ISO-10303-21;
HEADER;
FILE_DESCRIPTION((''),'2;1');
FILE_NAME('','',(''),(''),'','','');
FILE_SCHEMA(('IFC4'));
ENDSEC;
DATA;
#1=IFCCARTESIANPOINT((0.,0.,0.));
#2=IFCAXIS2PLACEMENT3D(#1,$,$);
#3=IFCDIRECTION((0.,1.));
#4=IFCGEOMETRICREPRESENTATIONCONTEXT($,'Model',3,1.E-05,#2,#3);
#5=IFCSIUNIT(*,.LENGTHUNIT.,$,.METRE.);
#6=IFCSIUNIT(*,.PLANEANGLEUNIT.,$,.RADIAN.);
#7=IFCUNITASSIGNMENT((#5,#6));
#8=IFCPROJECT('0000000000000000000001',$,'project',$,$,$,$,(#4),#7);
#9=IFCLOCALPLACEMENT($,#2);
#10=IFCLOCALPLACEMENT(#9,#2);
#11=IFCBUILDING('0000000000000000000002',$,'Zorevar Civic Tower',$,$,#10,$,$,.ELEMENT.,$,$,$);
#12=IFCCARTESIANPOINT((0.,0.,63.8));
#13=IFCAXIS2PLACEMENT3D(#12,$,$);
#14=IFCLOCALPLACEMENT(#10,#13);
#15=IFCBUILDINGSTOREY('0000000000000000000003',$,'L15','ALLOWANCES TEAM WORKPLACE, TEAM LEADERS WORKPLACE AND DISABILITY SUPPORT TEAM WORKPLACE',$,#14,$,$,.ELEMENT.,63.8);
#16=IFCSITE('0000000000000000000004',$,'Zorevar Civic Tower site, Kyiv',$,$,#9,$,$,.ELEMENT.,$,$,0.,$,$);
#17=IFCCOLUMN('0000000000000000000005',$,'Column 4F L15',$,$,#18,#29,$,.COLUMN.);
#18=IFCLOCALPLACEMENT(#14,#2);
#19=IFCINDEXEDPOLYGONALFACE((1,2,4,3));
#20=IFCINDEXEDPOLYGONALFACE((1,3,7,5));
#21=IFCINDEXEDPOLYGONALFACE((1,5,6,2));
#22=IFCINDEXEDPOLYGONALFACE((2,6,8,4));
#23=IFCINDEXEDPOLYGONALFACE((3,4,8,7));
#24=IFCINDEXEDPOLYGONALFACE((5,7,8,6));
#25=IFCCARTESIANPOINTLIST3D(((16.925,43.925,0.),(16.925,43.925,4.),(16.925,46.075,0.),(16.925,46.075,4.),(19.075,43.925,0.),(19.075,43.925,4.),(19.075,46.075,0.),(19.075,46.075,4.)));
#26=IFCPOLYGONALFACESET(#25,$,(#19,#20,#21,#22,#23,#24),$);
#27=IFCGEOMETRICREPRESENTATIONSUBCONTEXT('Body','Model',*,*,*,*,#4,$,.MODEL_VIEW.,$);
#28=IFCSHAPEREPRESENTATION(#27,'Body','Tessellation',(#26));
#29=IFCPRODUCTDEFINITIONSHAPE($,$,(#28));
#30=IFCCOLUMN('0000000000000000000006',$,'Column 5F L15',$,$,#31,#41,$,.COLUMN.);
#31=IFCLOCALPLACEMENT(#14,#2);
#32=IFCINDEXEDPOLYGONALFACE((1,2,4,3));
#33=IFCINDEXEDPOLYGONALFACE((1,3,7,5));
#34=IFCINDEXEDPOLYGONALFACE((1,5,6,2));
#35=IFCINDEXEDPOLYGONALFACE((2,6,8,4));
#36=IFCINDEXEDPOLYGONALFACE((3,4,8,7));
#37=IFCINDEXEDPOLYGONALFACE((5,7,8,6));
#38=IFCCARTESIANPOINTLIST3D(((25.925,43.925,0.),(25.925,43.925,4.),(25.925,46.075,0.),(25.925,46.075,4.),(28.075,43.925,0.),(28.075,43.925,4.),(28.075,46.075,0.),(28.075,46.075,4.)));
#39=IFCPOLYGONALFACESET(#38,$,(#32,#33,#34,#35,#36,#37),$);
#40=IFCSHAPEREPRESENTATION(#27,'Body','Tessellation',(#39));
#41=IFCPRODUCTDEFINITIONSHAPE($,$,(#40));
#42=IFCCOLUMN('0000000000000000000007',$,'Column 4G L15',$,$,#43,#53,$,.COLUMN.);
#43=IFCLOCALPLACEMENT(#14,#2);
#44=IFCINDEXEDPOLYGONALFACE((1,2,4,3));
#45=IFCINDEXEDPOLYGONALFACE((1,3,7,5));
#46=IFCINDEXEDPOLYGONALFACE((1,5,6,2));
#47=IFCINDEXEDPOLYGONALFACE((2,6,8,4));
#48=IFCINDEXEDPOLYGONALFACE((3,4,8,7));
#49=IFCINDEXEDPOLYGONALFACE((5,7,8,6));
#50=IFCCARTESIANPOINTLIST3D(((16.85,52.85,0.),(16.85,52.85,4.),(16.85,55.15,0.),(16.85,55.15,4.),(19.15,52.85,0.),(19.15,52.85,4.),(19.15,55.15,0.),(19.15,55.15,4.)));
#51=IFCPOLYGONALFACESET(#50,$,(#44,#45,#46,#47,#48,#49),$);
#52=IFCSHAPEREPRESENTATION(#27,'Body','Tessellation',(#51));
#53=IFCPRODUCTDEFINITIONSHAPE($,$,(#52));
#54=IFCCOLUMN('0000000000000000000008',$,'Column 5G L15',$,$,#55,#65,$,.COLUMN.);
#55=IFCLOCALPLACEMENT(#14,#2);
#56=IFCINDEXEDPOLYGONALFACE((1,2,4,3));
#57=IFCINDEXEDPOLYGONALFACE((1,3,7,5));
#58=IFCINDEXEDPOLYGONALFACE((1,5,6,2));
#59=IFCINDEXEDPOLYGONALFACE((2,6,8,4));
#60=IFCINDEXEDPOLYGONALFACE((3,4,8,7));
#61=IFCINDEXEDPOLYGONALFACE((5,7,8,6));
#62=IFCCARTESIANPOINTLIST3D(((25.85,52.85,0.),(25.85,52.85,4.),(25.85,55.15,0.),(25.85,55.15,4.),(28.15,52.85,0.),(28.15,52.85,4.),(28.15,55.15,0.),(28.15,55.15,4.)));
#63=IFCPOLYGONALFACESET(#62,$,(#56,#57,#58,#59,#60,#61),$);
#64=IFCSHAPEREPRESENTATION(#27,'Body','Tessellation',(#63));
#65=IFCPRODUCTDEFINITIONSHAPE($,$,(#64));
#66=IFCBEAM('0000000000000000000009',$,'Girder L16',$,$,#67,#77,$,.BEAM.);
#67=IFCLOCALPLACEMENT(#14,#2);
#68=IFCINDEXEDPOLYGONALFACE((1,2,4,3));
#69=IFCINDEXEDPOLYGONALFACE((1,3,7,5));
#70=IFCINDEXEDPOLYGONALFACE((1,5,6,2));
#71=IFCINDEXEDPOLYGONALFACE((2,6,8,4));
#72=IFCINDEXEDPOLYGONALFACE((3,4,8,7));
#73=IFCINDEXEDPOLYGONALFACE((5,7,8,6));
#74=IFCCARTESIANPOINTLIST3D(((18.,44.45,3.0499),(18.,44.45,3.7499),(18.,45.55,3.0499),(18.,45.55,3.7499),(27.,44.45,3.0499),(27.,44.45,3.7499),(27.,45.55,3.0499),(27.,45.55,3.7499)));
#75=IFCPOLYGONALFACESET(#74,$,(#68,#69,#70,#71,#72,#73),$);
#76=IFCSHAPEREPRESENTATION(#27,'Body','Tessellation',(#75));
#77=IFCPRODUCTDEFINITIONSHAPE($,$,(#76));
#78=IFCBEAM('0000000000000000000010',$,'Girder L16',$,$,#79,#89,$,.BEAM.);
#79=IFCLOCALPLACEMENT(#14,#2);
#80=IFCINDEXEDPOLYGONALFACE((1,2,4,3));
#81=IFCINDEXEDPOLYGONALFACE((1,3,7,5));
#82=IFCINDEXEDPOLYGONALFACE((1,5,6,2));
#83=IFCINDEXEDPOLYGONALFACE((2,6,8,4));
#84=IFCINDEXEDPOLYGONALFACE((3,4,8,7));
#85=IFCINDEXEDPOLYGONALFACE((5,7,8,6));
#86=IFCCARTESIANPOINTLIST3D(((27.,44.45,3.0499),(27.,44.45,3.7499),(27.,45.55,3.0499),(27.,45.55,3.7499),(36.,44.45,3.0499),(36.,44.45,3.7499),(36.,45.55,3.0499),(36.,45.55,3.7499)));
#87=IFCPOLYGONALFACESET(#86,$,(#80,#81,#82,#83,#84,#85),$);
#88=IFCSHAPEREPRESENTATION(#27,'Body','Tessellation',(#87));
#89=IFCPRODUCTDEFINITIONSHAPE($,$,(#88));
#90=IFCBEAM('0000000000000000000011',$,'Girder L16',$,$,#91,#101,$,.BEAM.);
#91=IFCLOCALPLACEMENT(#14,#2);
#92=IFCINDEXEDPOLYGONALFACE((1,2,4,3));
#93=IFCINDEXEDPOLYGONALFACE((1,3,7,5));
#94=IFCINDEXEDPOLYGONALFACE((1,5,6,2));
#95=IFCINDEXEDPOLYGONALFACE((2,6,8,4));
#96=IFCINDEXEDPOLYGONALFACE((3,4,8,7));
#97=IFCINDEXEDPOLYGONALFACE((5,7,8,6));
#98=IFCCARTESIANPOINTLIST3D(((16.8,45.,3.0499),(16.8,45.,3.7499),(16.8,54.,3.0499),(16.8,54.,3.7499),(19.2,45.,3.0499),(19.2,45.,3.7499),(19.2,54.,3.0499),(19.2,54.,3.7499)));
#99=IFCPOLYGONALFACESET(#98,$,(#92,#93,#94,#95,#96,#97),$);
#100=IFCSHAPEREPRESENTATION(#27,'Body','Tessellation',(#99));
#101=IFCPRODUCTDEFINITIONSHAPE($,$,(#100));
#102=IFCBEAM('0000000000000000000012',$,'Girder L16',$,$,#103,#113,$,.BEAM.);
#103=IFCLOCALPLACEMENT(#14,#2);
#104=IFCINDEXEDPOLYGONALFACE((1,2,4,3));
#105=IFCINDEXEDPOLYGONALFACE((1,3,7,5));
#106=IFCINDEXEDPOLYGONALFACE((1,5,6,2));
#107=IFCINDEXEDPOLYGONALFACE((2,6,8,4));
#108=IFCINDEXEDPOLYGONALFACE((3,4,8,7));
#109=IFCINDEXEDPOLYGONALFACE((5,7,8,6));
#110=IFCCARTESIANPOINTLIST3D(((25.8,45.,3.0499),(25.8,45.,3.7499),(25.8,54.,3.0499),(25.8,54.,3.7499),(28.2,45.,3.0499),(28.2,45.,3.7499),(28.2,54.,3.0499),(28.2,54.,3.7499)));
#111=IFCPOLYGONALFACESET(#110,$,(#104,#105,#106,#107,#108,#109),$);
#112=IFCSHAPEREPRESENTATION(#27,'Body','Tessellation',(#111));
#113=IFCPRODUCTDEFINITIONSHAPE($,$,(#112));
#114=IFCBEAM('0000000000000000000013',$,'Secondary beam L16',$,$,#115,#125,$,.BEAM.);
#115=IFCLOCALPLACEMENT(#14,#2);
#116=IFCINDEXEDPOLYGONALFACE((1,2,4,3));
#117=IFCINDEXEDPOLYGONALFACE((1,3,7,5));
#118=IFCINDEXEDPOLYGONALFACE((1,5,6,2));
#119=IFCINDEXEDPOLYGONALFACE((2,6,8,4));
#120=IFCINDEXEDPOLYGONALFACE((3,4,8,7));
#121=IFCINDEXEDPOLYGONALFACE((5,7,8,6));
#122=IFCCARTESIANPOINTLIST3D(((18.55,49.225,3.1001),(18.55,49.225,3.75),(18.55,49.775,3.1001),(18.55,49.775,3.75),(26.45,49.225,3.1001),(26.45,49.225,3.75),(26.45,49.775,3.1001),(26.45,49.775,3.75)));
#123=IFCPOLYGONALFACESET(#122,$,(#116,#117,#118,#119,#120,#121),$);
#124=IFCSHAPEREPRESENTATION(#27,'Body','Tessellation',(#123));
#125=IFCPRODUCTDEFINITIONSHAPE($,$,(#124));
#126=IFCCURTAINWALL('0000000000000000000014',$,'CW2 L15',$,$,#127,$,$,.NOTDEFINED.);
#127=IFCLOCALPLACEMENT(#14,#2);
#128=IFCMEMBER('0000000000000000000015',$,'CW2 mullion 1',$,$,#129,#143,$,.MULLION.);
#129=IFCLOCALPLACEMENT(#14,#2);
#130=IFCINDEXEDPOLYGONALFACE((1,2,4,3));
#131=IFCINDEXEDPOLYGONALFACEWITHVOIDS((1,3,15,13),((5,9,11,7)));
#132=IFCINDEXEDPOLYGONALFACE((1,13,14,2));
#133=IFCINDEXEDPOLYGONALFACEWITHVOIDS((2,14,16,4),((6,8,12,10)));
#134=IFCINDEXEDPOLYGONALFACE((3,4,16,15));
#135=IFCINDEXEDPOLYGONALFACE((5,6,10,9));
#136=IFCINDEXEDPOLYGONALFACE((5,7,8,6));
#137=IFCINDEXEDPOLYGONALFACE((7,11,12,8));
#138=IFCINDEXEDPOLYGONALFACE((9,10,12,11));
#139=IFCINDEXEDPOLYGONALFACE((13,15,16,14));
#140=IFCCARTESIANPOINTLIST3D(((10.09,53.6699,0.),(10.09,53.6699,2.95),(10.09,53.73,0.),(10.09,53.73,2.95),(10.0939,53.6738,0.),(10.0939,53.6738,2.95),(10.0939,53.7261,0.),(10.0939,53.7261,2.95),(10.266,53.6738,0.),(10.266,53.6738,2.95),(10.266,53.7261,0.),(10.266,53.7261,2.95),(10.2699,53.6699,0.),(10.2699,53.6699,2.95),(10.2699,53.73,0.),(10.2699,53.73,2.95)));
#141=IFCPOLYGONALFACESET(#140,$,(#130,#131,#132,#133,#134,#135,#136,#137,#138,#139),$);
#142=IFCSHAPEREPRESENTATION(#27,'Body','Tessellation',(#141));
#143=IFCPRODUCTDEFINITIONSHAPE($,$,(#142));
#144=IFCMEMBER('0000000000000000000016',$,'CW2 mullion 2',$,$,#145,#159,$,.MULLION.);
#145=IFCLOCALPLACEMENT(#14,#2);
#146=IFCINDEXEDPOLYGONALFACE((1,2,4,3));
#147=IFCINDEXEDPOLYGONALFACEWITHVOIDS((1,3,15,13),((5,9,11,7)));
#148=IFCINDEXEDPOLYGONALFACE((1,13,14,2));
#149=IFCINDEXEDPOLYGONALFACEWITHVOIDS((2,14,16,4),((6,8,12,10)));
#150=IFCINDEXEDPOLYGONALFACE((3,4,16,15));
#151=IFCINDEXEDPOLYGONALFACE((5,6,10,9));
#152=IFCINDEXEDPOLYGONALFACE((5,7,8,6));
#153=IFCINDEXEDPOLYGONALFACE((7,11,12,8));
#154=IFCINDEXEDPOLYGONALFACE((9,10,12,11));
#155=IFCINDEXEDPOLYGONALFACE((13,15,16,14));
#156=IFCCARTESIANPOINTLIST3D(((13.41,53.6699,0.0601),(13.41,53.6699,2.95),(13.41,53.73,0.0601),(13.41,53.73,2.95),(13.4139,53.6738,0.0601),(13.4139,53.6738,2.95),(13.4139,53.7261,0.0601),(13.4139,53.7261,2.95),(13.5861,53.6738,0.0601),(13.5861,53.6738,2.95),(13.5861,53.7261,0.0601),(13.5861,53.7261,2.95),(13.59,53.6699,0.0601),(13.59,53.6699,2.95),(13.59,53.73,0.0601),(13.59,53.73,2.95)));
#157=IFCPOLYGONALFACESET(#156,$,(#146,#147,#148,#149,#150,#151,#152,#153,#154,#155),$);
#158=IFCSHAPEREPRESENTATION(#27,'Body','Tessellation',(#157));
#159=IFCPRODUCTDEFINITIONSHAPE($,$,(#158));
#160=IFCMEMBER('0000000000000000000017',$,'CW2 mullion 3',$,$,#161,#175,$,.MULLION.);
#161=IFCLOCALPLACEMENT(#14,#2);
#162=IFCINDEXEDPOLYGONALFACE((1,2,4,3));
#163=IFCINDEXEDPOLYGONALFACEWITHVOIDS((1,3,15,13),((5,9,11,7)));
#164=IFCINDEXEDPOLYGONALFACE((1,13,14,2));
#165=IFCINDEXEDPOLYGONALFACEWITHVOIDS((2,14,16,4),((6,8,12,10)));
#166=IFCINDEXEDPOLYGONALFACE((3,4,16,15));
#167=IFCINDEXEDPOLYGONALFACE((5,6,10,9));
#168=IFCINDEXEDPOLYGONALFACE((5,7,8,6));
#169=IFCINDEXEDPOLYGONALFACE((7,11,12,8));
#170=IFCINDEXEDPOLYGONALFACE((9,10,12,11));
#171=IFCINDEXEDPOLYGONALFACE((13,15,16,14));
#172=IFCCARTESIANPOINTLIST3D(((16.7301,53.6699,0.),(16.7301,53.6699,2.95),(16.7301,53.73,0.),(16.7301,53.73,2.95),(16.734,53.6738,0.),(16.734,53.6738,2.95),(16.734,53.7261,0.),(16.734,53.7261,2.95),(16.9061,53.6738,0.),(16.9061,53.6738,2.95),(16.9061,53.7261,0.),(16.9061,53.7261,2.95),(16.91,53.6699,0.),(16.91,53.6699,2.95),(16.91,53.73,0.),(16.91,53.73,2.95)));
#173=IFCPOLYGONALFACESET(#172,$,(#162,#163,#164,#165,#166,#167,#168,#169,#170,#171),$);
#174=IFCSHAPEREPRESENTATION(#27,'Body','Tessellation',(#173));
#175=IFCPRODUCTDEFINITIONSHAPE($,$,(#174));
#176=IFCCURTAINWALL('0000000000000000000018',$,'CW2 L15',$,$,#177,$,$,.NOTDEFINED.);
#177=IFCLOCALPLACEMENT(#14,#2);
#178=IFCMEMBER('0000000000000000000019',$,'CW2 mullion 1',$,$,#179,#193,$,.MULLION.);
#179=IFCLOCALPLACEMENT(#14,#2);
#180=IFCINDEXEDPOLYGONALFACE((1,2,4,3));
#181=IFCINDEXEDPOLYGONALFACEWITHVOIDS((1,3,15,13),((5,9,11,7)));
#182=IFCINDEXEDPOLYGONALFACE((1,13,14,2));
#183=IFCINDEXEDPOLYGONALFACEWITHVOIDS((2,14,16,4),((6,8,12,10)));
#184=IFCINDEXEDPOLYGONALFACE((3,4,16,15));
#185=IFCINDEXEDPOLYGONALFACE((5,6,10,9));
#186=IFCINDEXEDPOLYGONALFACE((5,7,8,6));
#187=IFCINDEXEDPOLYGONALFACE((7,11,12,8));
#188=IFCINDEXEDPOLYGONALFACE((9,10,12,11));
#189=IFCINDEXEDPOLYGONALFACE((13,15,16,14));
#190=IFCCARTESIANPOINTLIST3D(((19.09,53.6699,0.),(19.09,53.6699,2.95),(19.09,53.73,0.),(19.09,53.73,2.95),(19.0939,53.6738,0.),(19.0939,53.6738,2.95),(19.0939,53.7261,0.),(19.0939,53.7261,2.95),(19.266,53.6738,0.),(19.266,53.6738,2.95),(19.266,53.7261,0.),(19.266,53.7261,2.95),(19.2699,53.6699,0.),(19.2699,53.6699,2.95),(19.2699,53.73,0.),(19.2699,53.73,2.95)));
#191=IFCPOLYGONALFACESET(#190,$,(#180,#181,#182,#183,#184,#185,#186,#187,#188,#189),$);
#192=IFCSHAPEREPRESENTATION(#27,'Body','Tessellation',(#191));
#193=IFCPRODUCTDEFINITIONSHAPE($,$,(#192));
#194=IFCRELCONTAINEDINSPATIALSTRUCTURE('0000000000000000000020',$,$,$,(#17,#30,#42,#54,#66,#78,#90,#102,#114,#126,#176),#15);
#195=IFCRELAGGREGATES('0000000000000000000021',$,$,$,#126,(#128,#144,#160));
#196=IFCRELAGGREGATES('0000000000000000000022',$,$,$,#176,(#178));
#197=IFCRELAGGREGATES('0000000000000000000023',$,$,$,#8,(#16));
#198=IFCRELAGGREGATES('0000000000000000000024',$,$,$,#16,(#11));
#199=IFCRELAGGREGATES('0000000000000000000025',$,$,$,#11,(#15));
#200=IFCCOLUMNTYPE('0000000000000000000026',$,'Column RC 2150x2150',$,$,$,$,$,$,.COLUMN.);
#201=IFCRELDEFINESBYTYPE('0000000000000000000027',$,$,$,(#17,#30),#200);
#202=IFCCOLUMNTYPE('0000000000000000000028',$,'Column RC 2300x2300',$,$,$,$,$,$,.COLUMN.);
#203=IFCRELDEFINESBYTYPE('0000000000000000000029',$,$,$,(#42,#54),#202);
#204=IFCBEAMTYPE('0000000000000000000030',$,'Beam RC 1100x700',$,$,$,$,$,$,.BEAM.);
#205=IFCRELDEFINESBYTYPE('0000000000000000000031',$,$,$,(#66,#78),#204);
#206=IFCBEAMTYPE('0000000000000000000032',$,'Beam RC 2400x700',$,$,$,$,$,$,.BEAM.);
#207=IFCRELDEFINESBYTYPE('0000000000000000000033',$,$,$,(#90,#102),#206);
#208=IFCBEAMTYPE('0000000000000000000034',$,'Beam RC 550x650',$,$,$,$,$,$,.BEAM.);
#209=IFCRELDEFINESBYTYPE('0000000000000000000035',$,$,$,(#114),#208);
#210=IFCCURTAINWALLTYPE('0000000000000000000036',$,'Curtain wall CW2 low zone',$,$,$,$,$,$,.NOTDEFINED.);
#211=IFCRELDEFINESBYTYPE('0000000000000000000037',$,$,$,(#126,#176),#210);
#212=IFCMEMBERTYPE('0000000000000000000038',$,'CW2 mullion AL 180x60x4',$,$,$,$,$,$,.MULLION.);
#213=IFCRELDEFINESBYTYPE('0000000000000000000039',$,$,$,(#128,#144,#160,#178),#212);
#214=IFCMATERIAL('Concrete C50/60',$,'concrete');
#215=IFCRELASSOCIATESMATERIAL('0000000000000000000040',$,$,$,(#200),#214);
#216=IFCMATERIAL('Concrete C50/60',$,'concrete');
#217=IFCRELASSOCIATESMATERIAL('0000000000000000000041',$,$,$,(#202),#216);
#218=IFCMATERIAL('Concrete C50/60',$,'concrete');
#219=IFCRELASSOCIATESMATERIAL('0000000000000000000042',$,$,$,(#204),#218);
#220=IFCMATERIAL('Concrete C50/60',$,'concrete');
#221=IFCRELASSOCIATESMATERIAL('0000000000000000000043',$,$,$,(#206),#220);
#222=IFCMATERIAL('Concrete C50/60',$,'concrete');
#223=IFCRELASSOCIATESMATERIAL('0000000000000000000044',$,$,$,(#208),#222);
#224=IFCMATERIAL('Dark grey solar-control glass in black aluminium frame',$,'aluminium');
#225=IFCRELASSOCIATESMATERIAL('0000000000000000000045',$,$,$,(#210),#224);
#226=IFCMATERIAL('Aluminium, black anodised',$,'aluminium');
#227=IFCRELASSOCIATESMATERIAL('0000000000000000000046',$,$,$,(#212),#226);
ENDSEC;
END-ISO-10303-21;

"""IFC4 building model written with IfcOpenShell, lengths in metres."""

from ifc_helpers import new_model, si_unit, direction, frame, origin, origin_2d, place, context, subcontext, project, spatial, rectangle, hollow_rectangle, extrude, material, material_profile, profile_set, type_object, element, aggregate, save


model = new_model("IFC4")

# Units and contexts
model_context = context("Model", 3, precision=1e-05, world=origin(), true_north=direction((0.0, 1.0)))
body_context = subcontext(model_context, "Body", "Model", "MODEL_VIEW")
ifc_project = project(units=[si_unit("LENGTHUNIT", "METRE"), si_unit("PLANEANGLEUNIT", "RADIAN")], contexts=[model_context])

# Site, building, storey
site_placement = place(None, origin())
site = spatial("IfcSite", under=ifc_project, at=site_placement, Name="Zorevar Civic Tower site, Kyiv", CompositionType="ELEMENT", RefElevation=0.0)
building_placement = place(site_placement, origin())
building = spatial("IfcBuilding", under=site, at=building_placement, Name="Zorevar Civic Tower", CompositionType="ELEMENT")
storey_placement = place(building_placement, frame((0.0, 0.0, 63.8)))
storey = spatial("IfcBuildingStorey", under=building, at=storey_placement, Name="L15", Description="ALLOWANCES TEAM WORKPLACE, TEAM LEADERS WORKPLACE AND DISABILITY SUPPORT TEAM WORKPLACE", CompositionType="ELEMENT", Elevation=63.8)

# Columns
ifc_material_1 = material(Name="Concrete C50/60", Category="concrete")
ifc_material_profile_1 = material_profile(ifc_material_1, rectangle(XDim=2.1499, YDim=2.1499, at=origin_2d()), Name="RC 2150x2150")
ifc_profile_set_1 = profile_set([ifc_material_profile_1], Name="Concrete C50/60")
column_type_1 = type_object("IfcColumnType", Name="Column RC 2150x2150", PredefinedType="COLUMN", material=ifc_profile_set_1)
for number, where, z_axis, x_axis, name in (
    (1, (18.0, 45.0, 0.0), (0.0, 0.0, 1.0), (1.0, 0.0, 0.0), "Column 4F L15"),
    (2, (27.0, 45.0, 0.0), (0.0, 0.0, 1.0), (1.0, 0.0, 0.0), "Column 5F L15"),
):
    element("IfcColumn", number, at=place(storey_placement, frame(where, z_axis=z_axis, x_axis=x_axis)), inside=storey, type_object=column_type_1, Name=name, PredefinedType="COLUMN", context=body_context, shape_type="SweptSolid", body=[
        extrude(rectangle(XDim=2.1499, YDim=2.1499, at=origin_2d()), origin(), (0.0, 0.0, 1.0), 4.0),
    ])
ifc_material_2 = material(Name="Concrete C50/60", Category="concrete")
ifc_material_profile_2 = material_profile(ifc_material_2, rectangle(XDim=2.3, YDim=2.3, at=origin_2d()), Name="RC 2300x2300")
ifc_profile_set_2 = profile_set([ifc_material_profile_2], Name="Concrete C50/60")
column_type_2 = type_object("IfcColumnType", Name="Column RC 2300x2300", PredefinedType="COLUMN", material=ifc_profile_set_2)
for number, where, z_axis, x_axis, name in (
    (3, (18.0, 54.0, 0.0), (0.0, 0.0, 1.0), (1.0, 0.0, 0.0), "Column 4G L15"),
    (4, (27.0, 54.0, 0.0), (0.0, 0.0, 1.0), (1.0, 0.0, 0.0), "Column 5G L15"),
):
    element("IfcColumn", number, at=place(storey_placement, frame(where, z_axis=z_axis, x_axis=x_axis)), inside=storey, type_object=column_type_2, Name=name, PredefinedType="COLUMN", context=body_context, shape_type="SweptSolid", body=[
        extrude(rectangle(XDim=2.3, YDim=2.3, at=origin_2d()), origin(), (0.0, 0.0, 1.0), 4.0),
    ])

# Beams
ifc_material_3 = material(Name="Concrete C50/60", Category="concrete")
ifc_material_profile_3 = material_profile(ifc_material_3, rectangle(XDim=1.1001, YDim=0.7, at=origin_2d()), Name="RC 1100x700")
ifc_profile_set_3 = profile_set([ifc_material_profile_3], Name="Concrete C50/60")
beam_type_1 = type_object("IfcBeamType", Name="Beam RC 1100x700", PredefinedType="BEAM", material=ifc_profile_set_3)
for number, where, z_axis, x_axis, name in (
    (5, (18.0, 45.0, 3.3999), (1.0, 0.0, 0.0), (0.0, 1.0, 0.0), "Girder L16"),
    (6, (27.0, 45.0, 3.3999), (1.0, 0.0, 0.0), (0.0, 1.0, 0.0), "Girder L16"),
):
    element("IfcBeam", number, at=place(storey_placement, frame(where, z_axis=z_axis, x_axis=x_axis)), inside=storey, type_object=beam_type_1, Name=name, PredefinedType="BEAM", context=body_context, shape_type="SweptSolid", body=[
        extrude(rectangle(XDim=1.1001, YDim=0.7, at=origin_2d()), origin(), (0.0, 0.0, 1.0), 9.0),
    ])
ifc_material_4 = material(Name="Concrete C50/60", Category="concrete")
ifc_material_profile_4 = material_profile(ifc_material_4, rectangle(XDim=2.3999, YDim=0.7, at=origin_2d()), Name="RC 2400x700")
ifc_profile_set_4 = profile_set([ifc_material_profile_4], Name="Concrete C50/60")
beam_type_2 = type_object("IfcBeamType", Name="Beam RC 2400x700", PredefinedType="BEAM", material=ifc_profile_set_4)
for number, where, z_axis, x_axis, name in (
    (7, (18.0, 45.0, 3.3999), (0.0, 1.0, 0.0), (-1.0, 0.0, 0.0), "Girder L16"),
    (8, (27.0, 45.0, 3.3999), (0.0, 1.0, 0.0), (-1.0, 0.0, 0.0), "Girder L16"),
):
    element("IfcBeam", number, at=place(storey_placement, frame(where, z_axis=z_axis, x_axis=x_axis)), inside=storey, type_object=beam_type_2, Name=name, PredefinedType="BEAM", context=body_context, shape_type="SweptSolid", body=[
        extrude(rectangle(XDim=2.3999, YDim=0.7, at=origin_2d()), origin(), (0.0, 0.0, 1.0), 9.0),
    ])
ifc_material_5 = material(Name="Concrete C50/60", Category="concrete")
ifc_material_profile_5 = material_profile(ifc_material_5, rectangle(XDim=0.55, YDim=0.6499, at=origin_2d()), Name="RC 550x650")
ifc_profile_set_5 = profile_set([ifc_material_profile_5], Name="Concrete C50/60")
beam_type_3 = type_object("IfcBeamType", Name="Beam RC 550x650", PredefinedType="BEAM", material=ifc_profile_set_5)
beam_1_placement = place(storey_placement, frame((18.55, 49.5, 3.425), z_axis=(1.0, 0.0, 0.0), x_axis=(0.0, 1.0, 0.0)))
element("IfcBeam", 9, at=beam_1_placement, inside=storey, type_object=beam_type_3, Name="Secondary beam L16", PredefinedType="BEAM", context=body_context, shape_type="SweptSolid", body=[
    extrude(rectangle(XDim=0.55, YDim=0.6499, at=origin_2d()), origin(), (0.0, 0.0, 1.0), 7.8999),
])

# Curtain walls, members
ifc_material_6 = material(Name="Dark grey solar-control glass in black aluminium frame", Category="aluminium")
curtain_wall_type = type_object("IfcCurtainWallType", Name="Curtain wall CW2 low zone", PredefinedType="NOTDEFINED", material=ifc_material_6)
curtain_wall_1_placement = place(storey_placement, origin())
curtain_wall_1 = element("IfcCurtainWall", 10, at=curtain_wall_1_placement, inside=storey, type_object=curtain_wall_type, Name="CW2 L15", PredefinedType="NOTDEFINED")
ifc_material_7 = material(Name="Aluminium, black anodised", Category="aluminium")
ifc_material_profile_6 = material_profile(ifc_material_7, hollow_rectangle(XDim=0.0601, YDim=0.1799, WallThickness=0.0039, at=origin_2d()), Name="AL 180x60x4")
ifc_profile_set_6 = profile_set([ifc_material_profile_6], Name="Aluminium, black anodised")
member_type_1 = type_object("IfcMemberType", Name="CW2 mullion AL 180x60x4", PredefinedType="MULLION", material=ifc_profile_set_6)
member_1_placement = place(storey_placement, frame((10.1799, 53.7, 0.0), z_axis=(0.0, 0.0, 1.0), x_axis=(0.0, 1.0, 0.0)))
member_1 = element("IfcMember", 11, at=member_1_placement, type_object=member_type_1, Name="CW2 mullion 1", PredefinedType="MULLION", context=body_context, shape_type="SweptSolid", body=[
    extrude(hollow_rectangle(XDim=0.0601, YDim=0.1799, WallThickness=0.0039, at=origin_2d()), origin(), (0.0, 0.0, 1.0), 2.95),
])
member_2_placement = place(storey_placement, frame((13.5, 53.7, 0.0601), z_axis=(0.0, 0.0, 1.0), x_axis=(0.0, 1.0, 0.0)))
member_2 = element("IfcMember", 12, at=member_2_placement, type_object=member_type_1, Name="CW2 mullion 2", PredefinedType="MULLION", context=body_context, shape_type="SweptSolid", body=[
    extrude(hollow_rectangle(XDim=0.0601, YDim=0.1799, WallThickness=0.0039, at=origin_2d()), origin(), (0.0, 0.0, 1.0), 2.8899),
])
member_3_placement = place(storey_placement, frame((16.8201, 53.7, 0.0), z_axis=(0.0, 0.0, 1.0), x_axis=(0.0, 1.0, 0.0)))
member_3 = element("IfcMember", 13, at=member_3_placement, type_object=member_type_1, Name="CW2 mullion 3", PredefinedType="MULLION", context=body_context, shape_type="SweptSolid", body=[
    extrude(hollow_rectangle(XDim=0.0601, YDim=0.1799, WallThickness=0.0039, at=origin_2d()), origin(), (0.0, 0.0, 1.0), 2.95),
])
curtain_wall_2_placement = place(storey_placement, origin())
curtain_wall_2 = element("IfcCurtainWall", 14, at=curtain_wall_2_placement, inside=storey, type_object=curtain_wall_type, Name="CW2 L15", PredefinedType="NOTDEFINED")
member_4_placement = place(storey_placement, frame((19.1799, 53.7, 0.0), z_axis=(0.0, 0.0, 1.0), x_axis=(0.0, 1.0, 0.0)))
member_4 = element("IfcMember", 15, at=member_4_placement, type_object=member_type_1, Name="CW2 mullion 1", PredefinedType="MULLION", context=body_context, shape_type="SweptSolid", body=[
    extrude(hollow_rectangle(XDim=0.0601, YDim=0.1799, WallThickness=0.0039, at=origin_2d()), origin(), (0.0, 0.0, 1.0), 2.95),
])

aggregate(curtain_wall_1, [member_1, member_2, member_3])
aggregate(curtain_wall_2, [member_4])

save(model, "model.ifc")
